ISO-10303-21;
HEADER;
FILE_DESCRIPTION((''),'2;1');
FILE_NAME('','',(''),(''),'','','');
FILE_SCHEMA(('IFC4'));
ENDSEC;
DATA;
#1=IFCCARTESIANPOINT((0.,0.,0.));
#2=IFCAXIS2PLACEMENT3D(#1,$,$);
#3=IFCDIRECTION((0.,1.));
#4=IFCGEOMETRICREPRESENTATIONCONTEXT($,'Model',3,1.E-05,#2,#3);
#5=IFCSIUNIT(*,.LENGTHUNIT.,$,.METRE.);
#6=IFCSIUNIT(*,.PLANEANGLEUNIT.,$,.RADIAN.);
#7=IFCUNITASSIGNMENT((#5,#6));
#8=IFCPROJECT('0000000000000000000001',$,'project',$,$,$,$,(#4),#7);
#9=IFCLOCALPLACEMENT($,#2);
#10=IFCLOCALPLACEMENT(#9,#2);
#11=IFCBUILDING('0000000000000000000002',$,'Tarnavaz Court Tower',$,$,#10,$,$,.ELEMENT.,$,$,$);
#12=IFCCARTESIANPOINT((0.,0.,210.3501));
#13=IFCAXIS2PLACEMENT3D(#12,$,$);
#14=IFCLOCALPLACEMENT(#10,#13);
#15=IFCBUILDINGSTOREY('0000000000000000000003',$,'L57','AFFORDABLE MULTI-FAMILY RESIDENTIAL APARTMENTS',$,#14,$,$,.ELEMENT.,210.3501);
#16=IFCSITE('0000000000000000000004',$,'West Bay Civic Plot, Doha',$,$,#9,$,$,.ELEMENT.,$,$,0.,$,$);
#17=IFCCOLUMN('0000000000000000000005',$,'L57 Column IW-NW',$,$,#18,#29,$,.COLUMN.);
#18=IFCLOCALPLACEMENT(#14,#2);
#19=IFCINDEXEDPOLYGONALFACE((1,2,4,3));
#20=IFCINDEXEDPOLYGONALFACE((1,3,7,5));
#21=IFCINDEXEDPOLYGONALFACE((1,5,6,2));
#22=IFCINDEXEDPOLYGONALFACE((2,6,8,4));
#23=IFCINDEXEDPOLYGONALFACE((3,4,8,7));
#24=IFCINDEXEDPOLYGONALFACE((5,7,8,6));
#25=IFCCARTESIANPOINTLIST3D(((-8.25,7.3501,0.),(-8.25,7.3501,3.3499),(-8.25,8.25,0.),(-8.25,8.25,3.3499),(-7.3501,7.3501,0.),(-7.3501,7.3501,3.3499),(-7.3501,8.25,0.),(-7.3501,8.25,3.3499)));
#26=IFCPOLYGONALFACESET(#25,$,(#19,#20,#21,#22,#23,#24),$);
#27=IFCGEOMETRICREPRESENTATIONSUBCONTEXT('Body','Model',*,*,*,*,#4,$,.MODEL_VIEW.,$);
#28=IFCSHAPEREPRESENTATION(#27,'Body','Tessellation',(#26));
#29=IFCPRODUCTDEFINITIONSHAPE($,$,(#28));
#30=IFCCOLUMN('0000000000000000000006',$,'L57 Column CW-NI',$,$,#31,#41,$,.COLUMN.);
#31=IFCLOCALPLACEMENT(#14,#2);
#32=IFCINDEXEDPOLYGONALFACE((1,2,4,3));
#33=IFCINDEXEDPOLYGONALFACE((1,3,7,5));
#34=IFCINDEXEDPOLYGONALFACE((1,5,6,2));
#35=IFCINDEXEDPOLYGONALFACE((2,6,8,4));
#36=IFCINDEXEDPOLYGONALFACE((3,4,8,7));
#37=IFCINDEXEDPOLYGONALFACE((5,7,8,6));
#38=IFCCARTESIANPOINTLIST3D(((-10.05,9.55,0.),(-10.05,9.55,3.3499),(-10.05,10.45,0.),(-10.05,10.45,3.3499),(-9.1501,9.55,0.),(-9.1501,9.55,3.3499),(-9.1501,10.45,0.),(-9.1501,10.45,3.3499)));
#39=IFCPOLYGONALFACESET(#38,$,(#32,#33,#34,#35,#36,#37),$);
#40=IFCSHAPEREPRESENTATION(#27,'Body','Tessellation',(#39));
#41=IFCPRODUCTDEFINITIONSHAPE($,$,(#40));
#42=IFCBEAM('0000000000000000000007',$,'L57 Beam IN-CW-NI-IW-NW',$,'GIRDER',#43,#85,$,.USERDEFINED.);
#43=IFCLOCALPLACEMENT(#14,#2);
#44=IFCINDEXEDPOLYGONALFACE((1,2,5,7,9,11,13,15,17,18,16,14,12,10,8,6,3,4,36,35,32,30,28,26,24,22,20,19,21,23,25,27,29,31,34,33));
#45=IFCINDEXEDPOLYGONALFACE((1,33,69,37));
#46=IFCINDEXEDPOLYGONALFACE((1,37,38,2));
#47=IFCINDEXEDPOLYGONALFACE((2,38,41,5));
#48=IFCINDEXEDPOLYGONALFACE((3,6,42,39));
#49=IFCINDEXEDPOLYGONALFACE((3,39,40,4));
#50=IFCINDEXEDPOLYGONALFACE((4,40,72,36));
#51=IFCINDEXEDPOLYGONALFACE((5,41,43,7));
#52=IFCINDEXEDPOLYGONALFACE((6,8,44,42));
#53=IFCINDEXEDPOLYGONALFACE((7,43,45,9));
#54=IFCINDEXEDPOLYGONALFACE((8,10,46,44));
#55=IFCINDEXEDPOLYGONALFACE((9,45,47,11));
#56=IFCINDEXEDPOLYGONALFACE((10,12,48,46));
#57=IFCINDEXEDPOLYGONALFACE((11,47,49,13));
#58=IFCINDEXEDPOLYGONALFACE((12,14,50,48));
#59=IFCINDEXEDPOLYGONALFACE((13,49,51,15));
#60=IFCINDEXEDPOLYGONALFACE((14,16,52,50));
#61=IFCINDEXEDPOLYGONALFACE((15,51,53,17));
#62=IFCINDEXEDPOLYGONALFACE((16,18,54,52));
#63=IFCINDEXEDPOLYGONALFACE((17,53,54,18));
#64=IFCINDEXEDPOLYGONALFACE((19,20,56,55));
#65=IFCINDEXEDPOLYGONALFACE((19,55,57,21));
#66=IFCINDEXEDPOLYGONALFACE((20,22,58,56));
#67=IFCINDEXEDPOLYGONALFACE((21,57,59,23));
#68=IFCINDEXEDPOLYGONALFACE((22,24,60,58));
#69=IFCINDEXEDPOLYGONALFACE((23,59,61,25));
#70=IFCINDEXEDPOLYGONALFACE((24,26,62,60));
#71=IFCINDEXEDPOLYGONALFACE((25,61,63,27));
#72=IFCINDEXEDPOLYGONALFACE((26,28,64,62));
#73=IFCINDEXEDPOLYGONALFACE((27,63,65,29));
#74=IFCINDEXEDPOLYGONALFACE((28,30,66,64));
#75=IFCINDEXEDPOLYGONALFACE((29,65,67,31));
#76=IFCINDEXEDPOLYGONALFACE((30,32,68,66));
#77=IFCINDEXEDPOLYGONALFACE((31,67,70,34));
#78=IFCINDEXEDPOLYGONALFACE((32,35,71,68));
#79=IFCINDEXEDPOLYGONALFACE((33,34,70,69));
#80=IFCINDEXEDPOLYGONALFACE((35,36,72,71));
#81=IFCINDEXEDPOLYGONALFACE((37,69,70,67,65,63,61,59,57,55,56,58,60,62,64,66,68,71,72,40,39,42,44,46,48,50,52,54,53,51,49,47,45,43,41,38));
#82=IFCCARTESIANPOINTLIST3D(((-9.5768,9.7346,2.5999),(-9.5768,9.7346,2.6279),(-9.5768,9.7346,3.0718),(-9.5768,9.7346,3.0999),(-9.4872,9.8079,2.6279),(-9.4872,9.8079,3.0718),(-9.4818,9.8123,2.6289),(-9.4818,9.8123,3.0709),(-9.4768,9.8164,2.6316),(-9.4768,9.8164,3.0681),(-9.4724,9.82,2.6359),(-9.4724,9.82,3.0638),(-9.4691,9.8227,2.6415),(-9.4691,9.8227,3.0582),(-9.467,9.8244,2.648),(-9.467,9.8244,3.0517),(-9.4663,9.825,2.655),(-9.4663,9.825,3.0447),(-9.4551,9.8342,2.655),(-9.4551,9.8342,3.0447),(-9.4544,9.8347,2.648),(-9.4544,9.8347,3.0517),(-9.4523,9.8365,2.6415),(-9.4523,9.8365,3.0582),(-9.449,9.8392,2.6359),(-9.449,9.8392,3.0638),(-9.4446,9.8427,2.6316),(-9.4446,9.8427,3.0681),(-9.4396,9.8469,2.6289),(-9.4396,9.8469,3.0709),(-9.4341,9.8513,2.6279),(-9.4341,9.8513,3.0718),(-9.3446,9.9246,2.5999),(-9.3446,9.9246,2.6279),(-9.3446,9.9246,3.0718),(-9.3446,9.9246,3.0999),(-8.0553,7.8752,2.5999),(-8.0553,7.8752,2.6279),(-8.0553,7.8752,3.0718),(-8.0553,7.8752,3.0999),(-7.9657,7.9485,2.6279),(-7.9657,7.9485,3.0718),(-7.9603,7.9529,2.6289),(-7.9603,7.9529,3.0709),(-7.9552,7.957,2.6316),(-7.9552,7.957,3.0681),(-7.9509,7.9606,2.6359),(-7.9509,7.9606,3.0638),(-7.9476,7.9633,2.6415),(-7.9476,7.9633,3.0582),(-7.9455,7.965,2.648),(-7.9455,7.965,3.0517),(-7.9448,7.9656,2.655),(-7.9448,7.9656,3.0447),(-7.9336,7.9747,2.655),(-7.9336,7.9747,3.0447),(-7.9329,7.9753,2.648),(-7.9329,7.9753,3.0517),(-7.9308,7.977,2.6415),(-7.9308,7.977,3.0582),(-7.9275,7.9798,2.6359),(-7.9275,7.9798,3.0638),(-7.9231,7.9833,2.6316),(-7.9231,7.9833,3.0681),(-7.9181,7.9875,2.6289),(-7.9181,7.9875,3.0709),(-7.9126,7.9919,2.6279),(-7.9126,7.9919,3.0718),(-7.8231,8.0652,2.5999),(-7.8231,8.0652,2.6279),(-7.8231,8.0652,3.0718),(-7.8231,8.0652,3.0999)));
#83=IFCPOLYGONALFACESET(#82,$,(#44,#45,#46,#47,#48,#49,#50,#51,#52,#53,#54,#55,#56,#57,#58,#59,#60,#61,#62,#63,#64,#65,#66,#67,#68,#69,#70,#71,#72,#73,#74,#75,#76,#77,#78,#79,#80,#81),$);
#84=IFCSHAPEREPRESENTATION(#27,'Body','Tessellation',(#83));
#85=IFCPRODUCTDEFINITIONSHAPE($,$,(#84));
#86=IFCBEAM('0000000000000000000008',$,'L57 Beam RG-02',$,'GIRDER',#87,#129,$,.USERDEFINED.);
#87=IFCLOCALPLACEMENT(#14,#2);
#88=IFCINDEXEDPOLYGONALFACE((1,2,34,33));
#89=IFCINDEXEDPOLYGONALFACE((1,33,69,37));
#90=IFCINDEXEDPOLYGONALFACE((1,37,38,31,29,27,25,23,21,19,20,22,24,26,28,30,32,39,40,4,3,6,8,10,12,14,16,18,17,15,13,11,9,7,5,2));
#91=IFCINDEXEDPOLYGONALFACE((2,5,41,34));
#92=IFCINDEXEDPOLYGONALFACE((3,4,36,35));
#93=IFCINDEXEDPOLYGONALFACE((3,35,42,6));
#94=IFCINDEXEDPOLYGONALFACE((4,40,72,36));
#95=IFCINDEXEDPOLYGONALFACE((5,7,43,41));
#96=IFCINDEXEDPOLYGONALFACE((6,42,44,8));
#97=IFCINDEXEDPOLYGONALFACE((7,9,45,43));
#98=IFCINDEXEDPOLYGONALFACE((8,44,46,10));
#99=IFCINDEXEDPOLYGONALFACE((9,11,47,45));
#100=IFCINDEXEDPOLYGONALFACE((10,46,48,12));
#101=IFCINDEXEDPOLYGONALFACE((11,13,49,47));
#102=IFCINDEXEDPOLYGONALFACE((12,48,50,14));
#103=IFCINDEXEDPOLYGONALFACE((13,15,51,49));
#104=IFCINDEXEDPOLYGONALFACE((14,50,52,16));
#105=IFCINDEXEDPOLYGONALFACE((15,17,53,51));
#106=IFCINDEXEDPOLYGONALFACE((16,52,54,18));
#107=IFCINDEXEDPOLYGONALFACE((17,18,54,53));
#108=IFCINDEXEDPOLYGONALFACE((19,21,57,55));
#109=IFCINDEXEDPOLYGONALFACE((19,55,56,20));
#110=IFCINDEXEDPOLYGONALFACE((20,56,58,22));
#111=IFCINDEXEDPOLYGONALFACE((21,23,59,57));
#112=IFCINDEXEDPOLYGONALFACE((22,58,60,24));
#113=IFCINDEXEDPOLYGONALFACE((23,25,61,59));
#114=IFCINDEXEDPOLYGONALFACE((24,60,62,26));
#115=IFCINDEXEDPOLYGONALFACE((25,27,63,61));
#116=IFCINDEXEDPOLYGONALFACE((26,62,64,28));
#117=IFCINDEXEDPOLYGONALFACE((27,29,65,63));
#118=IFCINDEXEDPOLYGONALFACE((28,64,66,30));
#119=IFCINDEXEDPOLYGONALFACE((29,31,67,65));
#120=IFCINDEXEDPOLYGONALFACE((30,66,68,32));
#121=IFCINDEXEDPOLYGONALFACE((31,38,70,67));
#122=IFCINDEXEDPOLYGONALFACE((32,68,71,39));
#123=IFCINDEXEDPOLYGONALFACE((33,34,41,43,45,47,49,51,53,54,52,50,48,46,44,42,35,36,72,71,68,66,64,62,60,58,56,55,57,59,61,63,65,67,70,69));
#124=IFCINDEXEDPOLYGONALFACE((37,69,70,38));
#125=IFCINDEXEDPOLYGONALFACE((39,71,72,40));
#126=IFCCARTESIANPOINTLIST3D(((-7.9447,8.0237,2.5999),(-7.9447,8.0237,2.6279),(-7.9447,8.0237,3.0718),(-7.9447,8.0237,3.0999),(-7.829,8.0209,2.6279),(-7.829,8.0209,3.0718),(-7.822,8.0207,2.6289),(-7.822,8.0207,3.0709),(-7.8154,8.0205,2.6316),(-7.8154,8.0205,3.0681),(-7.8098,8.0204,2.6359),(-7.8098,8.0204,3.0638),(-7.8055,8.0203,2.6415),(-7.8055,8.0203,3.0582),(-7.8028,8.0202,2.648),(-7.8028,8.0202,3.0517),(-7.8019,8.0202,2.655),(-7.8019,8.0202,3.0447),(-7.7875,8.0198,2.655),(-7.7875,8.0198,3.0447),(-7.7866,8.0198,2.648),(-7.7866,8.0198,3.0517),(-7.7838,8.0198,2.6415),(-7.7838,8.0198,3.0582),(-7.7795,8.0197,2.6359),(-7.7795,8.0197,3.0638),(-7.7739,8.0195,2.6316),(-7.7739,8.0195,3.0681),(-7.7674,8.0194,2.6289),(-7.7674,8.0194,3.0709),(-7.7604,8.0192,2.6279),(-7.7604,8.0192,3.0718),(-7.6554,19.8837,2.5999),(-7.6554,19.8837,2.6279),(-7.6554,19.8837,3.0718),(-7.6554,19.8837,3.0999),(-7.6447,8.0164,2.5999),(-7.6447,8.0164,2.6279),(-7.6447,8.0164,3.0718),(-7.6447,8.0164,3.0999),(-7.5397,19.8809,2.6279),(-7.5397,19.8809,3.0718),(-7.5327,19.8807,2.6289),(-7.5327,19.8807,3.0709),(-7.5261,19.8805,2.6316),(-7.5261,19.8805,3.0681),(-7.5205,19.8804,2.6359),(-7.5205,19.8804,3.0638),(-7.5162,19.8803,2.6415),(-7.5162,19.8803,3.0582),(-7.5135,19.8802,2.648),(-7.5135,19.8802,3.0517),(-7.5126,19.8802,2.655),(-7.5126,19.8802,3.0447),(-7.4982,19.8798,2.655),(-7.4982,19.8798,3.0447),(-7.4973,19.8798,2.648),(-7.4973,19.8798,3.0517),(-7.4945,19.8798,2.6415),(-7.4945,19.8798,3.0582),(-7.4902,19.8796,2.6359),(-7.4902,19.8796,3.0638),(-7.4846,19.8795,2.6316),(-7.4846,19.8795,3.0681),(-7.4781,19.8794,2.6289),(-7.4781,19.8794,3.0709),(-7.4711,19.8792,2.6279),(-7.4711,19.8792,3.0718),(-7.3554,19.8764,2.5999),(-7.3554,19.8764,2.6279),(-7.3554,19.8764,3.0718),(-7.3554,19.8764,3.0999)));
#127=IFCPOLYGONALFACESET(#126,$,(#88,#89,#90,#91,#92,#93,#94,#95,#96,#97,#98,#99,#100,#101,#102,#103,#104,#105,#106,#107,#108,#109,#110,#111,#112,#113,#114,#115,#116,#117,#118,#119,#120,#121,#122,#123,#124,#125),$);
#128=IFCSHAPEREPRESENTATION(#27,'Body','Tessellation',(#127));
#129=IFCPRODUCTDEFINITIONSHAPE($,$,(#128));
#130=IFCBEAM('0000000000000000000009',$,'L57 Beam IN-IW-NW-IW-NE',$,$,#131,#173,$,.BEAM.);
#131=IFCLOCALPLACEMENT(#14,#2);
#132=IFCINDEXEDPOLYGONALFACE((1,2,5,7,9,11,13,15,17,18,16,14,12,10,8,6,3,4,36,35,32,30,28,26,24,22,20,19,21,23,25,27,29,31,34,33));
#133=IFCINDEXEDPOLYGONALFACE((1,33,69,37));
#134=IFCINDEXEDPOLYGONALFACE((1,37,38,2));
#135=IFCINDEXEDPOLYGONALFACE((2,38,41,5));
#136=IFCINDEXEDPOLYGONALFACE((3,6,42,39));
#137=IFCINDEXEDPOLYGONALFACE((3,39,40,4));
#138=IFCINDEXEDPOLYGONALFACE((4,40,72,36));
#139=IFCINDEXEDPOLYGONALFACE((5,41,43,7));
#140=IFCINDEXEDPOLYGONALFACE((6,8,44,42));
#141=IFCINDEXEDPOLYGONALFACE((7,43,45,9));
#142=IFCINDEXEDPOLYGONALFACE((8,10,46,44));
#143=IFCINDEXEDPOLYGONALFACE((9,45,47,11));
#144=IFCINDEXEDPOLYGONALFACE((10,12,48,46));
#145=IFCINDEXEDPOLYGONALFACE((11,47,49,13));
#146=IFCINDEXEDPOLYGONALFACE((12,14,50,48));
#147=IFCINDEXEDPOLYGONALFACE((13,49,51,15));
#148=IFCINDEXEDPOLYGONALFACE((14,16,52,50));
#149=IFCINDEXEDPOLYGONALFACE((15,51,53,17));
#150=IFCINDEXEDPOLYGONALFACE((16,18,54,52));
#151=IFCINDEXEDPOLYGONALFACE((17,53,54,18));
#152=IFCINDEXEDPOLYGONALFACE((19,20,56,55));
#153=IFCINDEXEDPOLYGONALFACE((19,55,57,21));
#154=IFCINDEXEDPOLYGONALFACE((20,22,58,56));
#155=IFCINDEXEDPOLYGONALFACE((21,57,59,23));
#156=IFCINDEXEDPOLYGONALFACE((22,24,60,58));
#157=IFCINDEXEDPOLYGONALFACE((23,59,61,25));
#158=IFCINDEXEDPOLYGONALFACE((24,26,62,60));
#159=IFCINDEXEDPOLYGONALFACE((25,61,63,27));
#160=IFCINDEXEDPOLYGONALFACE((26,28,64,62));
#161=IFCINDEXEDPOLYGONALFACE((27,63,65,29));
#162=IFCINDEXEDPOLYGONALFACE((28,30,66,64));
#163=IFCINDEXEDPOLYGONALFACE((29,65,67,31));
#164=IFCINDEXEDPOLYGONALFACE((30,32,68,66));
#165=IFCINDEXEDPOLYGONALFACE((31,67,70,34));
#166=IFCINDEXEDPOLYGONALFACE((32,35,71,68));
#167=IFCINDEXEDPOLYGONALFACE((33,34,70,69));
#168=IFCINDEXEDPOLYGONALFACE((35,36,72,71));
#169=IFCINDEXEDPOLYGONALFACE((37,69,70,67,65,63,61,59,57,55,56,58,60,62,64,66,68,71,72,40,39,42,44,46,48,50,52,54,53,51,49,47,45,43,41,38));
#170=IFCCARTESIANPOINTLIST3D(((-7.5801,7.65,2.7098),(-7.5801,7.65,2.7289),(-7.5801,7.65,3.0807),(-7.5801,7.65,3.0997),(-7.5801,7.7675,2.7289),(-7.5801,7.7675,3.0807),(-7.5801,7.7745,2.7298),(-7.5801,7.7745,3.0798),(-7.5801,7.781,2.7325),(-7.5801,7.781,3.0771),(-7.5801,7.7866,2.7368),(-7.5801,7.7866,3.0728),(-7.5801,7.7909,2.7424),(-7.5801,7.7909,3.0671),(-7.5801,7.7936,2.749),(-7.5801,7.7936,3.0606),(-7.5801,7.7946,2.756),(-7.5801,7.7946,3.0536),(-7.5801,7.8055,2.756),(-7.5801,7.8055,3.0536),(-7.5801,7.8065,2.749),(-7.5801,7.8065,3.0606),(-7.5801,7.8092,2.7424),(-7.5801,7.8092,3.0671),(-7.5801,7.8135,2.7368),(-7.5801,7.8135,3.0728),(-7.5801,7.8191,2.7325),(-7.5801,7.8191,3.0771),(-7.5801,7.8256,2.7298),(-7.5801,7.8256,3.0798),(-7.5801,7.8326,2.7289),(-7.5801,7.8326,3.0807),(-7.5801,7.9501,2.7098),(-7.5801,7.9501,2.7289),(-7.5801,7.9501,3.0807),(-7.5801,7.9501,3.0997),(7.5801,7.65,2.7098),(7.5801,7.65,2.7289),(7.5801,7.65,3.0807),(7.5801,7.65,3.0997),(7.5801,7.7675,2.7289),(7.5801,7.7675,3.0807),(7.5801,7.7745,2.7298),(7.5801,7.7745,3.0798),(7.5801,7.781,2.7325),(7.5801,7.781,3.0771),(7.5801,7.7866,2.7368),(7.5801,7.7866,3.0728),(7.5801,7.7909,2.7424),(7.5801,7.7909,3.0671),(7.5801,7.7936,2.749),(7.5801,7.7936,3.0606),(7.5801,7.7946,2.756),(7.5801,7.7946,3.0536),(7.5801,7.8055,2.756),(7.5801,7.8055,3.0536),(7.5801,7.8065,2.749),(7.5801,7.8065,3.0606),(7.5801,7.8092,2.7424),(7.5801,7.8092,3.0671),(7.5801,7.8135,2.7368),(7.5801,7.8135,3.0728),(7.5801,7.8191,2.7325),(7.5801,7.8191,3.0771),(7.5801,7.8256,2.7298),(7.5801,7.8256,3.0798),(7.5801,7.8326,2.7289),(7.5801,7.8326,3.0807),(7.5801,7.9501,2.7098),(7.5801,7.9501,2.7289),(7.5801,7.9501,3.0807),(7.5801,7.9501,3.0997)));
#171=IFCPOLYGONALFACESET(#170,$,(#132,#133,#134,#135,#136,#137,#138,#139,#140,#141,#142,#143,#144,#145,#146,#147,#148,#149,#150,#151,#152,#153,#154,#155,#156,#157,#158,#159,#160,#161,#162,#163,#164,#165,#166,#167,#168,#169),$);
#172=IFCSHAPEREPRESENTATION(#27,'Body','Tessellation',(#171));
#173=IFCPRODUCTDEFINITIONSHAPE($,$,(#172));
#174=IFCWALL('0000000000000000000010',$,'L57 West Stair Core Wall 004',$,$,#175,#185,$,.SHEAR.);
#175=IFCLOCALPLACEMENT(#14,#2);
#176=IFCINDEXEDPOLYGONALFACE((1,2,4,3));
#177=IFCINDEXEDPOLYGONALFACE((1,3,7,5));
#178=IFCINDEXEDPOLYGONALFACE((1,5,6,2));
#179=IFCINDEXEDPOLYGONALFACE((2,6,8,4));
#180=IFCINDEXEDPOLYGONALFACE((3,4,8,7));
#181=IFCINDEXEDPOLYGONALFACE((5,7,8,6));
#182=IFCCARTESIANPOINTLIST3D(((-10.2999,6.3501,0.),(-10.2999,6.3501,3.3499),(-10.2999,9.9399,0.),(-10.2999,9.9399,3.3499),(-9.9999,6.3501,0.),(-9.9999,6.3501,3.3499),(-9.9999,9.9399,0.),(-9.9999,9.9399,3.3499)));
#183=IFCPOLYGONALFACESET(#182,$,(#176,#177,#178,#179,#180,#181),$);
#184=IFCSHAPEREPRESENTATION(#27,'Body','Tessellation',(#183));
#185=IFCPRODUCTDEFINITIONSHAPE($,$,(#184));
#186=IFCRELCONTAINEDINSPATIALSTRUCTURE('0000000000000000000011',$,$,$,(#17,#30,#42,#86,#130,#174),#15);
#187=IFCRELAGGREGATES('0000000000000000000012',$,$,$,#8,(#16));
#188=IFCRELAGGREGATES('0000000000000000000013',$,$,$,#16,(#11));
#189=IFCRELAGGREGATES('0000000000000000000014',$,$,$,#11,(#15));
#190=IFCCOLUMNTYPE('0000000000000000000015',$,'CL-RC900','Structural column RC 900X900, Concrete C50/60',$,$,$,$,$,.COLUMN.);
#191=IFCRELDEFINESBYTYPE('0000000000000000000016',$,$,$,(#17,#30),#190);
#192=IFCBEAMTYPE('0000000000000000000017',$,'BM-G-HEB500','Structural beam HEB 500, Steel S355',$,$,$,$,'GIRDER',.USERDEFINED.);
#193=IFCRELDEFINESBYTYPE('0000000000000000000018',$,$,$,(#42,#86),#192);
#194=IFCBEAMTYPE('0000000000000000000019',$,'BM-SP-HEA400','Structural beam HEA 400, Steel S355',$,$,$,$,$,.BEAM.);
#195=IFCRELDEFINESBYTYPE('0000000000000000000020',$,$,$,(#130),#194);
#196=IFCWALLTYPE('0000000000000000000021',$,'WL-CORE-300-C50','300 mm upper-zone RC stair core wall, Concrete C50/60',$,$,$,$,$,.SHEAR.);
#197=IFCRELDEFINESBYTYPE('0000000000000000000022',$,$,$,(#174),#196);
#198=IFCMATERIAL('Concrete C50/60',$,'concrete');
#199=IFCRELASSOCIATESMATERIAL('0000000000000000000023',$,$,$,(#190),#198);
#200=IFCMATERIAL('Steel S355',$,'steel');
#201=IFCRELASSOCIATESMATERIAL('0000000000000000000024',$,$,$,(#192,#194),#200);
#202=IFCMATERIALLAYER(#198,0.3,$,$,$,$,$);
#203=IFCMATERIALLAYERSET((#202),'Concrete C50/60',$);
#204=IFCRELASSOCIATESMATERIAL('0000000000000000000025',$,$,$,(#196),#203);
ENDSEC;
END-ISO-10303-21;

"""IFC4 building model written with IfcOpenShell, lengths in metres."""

from ifc_helpers import new_model, si_unit, direction, frame, frame_2d, origin, origin_2d, place, context, subcontext, project, spatial, rectangle, i_section, extrude, material, layer, layer_set, material_profile, profile_set, type_object, element, save


model = new_model("IFC4")

# Units and contexts
model_context = context("Model", 3, precision=1e-05, world=origin(), true_north=direction((0.0, 1.0)))
body_context = subcontext(model_context, "Body", "Model", "MODEL_VIEW")
ifc_project = project(units=[si_unit("LENGTHUNIT", "METRE"), si_unit("PLANEANGLEUNIT", "RADIAN")], contexts=[model_context])

# Site, building, storey
site_placement = place(None, origin())
site = spatial("IfcSite", under=ifc_project, at=site_placement, Name="West Bay Civic Plot, Doha", CompositionType="ELEMENT", RefElevation=0.0)
building_placement = place(site_placement, origin())
building = spatial("IfcBuilding", under=site, at=building_placement, Name="Tarnavaz Court Tower", CompositionType="ELEMENT")
storey_placement = place(building_placement, frame((0.0, 0.0, 210.3501)))
storey = spatial("IfcBuildingStorey", under=building, at=storey_placement, Name="L57", Description="AFFORDABLE MULTI-FAMILY RESIDENTIAL APARTMENTS", CompositionType="ELEMENT", Elevation=210.3501)

# Columns
ifc_material_1 = material(Name="Concrete C50/60", Category="concrete")
ifc_material_profile_1 = material_profile(ifc_material_1, rectangle(XDim=0.8999, YDim=0.8999, at=origin_2d()), Name="RC 900X900")
ifc_profile_set_1 = profile_set([ifc_material_profile_1], Name="Concrete C50/60")
column_type = type_object("IfcColumnType", Name="CL-RC900", Description="Structural column RC 900X900, Concrete C50/60", PredefinedType="COLUMN", material=ifc_profile_set_1)
for number, where, z_axis, x_axis, name in (
    (1, (-7.8, 7.8, 0.0), (0.0, 0.0, 1.0), (1.0, 0.0, 0.0), "L57 Column IW-NW"),
    (2, (-9.6001, 10.0, 0.0), (0.0, 0.0, 1.0), (1.0, 0.0, 0.0), "L57 Column CW-NI"),
):
    element("IfcColumn", number, at=place(storey_placement, frame(where, z_axis=z_axis, x_axis=x_axis)), inside=storey, type_object=column_type, Name=name, PredefinedType="COLUMN", context=body_context, shape_type="SweptSolid", body=[
        extrude(rectangle(XDim=0.8999, YDim=0.8999, at=origin_2d()), origin(), (0.0, 0.0, 1.0), 3.3499),
    ])

# Beams
ifc_material_2 = material(Name="Steel S355", Category="steel")
ifc_material_profile_2 = material_profile(ifc_material_2, i_section(OverallWidth=0.3, OverallDepth=0.5, WebThickness=0.0144, FlangeThickness=0.0281, FilletRadius=0.0271, at=origin_2d()), Name="HEB 500")
ifc_profile_set_2 = profile_set([ifc_material_profile_2], Name="Steel S355")
beam_type_1 = type_object("IfcBeamType", Name="BM-G-HEB500", Description="Structural beam HEB 500, Steel S355", ElementType="GIRDER", PredefinedType="USERDEFINED", material=ifc_profile_set_2)
beam_1_placement = place(storey_placement, frame((-9.4607, 9.8296, 2.8499), z_axis=(0.633282, -0.773921, 0.0), x_axis=(0.773921, 0.633282, 0.0)))
element("IfcBeam", 3, at=beam_1_placement, inside=storey, type_object=beam_type_1, Name="L57 Beam IN-CW-NI-IW-NW", ObjectType="GIRDER", PredefinedType="USERDEFINED", context=body_context, shape_type="SweptSolid", body=[
    extrude(i_section(OverallWidth=0.3, OverallDepth=0.5, WebThickness=0.0144, FlangeThickness=0.0281, FilletRadius=0.0271, at=origin_2d()), origin(), (0.0, 0.0, 1.0), 2.4026),
])
beam_2_placement = place(storey_placement, frame((-7.7947, 8.02, 2.8499), z_axis=(0.024386, 0.999703, 0.0), x_axis=(-0.999703, 0.024386, 0.0)))
element("IfcBeam", 4, at=beam_2_placement, inside=storey, type_object=beam_type_1, Name="L57 Beam RG-02", ObjectType="GIRDER", PredefinedType="USERDEFINED", context=body_context, shape_type="SweptSolid", body=[
    extrude(i_section(OverallWidth=0.3, OverallDepth=0.5, WebThickness=0.0144, FlangeThickness=0.0281, FilletRadius=0.0271, at=origin_2d()), origin(), (0.0, 0.0, 1.0), 11.8635),
])
ifc_material_profile_3 = material_profile(ifc_material_2, i_section(OverallWidth=0.3, OverallDepth=0.3899, WebThickness=0.011, FlangeThickness=0.019, FilletRadius=0.0271, at=origin_2d()), Name="HEA 400")
ifc_profile_set_3 = profile_set([ifc_material_profile_3], Name="Steel S355")
beam_type_2 = type_object("IfcBeamType", Name="BM-SP-HEA400", Description="Structural beam HEA 400, Steel S355", PredefinedType="BEAM", material=ifc_profile_set_3)
beam_3_placement = place(storey_placement, frame((-7.5801, 7.8, 2.9048), z_axis=(1.0, 0.0, 0.0), x_axis=(0.0, 1.0, 0.0)))
element("IfcBeam", 5, at=beam_3_placement, inside=storey, type_object=beam_type_2, Name="L57 Beam IN-IW-NW-IW-NE", PredefinedType="BEAM", context=body_context, shape_type="SweptSolid", body=[
    extrude(i_section(OverallWidth=0.3, OverallDepth=0.3899, WebThickness=0.011, FlangeThickness=0.019, FilletRadius=0.0271, at=origin_2d()), origin(), (0.0, 0.0, 1.0), 15.1602),
])

# Wall
ifc_layer_1 = layer(ifc_material_1, 0.3)
ifc_layer_set_1 = layer_set([ifc_layer_1], Name="Concrete C50/60")
wall_type_1 = type_object("IfcWallType", Name="WL-CORE-300-C50", Description="300 mm upper-zone RC stair core wall, Concrete C50/60", PredefinedType="SHEAR", material=ifc_layer_set_1)
wall_1_placement = place(storey_placement, frame((-10.1499, 6.3501, 0.0), z_axis=(0.0, 0.0, 1.0), x_axis=(0.0, 1.0, 0.0)))
element("IfcWall", 6, at=wall_1_placement, inside=storey, type_object=wall_type_1, Name="L57 West Stair Core Wall 004", PredefinedType="SHEAR", context=body_context, shape_type="SweptSolid", body=[
    extrude(rectangle(XDim=3.5898, YDim=0.3, at=frame_2d((1.7949, 0.0))), origin(), (0.0, 0.0, 1.0), 3.3499),
])

save(model, "model.ifc")
